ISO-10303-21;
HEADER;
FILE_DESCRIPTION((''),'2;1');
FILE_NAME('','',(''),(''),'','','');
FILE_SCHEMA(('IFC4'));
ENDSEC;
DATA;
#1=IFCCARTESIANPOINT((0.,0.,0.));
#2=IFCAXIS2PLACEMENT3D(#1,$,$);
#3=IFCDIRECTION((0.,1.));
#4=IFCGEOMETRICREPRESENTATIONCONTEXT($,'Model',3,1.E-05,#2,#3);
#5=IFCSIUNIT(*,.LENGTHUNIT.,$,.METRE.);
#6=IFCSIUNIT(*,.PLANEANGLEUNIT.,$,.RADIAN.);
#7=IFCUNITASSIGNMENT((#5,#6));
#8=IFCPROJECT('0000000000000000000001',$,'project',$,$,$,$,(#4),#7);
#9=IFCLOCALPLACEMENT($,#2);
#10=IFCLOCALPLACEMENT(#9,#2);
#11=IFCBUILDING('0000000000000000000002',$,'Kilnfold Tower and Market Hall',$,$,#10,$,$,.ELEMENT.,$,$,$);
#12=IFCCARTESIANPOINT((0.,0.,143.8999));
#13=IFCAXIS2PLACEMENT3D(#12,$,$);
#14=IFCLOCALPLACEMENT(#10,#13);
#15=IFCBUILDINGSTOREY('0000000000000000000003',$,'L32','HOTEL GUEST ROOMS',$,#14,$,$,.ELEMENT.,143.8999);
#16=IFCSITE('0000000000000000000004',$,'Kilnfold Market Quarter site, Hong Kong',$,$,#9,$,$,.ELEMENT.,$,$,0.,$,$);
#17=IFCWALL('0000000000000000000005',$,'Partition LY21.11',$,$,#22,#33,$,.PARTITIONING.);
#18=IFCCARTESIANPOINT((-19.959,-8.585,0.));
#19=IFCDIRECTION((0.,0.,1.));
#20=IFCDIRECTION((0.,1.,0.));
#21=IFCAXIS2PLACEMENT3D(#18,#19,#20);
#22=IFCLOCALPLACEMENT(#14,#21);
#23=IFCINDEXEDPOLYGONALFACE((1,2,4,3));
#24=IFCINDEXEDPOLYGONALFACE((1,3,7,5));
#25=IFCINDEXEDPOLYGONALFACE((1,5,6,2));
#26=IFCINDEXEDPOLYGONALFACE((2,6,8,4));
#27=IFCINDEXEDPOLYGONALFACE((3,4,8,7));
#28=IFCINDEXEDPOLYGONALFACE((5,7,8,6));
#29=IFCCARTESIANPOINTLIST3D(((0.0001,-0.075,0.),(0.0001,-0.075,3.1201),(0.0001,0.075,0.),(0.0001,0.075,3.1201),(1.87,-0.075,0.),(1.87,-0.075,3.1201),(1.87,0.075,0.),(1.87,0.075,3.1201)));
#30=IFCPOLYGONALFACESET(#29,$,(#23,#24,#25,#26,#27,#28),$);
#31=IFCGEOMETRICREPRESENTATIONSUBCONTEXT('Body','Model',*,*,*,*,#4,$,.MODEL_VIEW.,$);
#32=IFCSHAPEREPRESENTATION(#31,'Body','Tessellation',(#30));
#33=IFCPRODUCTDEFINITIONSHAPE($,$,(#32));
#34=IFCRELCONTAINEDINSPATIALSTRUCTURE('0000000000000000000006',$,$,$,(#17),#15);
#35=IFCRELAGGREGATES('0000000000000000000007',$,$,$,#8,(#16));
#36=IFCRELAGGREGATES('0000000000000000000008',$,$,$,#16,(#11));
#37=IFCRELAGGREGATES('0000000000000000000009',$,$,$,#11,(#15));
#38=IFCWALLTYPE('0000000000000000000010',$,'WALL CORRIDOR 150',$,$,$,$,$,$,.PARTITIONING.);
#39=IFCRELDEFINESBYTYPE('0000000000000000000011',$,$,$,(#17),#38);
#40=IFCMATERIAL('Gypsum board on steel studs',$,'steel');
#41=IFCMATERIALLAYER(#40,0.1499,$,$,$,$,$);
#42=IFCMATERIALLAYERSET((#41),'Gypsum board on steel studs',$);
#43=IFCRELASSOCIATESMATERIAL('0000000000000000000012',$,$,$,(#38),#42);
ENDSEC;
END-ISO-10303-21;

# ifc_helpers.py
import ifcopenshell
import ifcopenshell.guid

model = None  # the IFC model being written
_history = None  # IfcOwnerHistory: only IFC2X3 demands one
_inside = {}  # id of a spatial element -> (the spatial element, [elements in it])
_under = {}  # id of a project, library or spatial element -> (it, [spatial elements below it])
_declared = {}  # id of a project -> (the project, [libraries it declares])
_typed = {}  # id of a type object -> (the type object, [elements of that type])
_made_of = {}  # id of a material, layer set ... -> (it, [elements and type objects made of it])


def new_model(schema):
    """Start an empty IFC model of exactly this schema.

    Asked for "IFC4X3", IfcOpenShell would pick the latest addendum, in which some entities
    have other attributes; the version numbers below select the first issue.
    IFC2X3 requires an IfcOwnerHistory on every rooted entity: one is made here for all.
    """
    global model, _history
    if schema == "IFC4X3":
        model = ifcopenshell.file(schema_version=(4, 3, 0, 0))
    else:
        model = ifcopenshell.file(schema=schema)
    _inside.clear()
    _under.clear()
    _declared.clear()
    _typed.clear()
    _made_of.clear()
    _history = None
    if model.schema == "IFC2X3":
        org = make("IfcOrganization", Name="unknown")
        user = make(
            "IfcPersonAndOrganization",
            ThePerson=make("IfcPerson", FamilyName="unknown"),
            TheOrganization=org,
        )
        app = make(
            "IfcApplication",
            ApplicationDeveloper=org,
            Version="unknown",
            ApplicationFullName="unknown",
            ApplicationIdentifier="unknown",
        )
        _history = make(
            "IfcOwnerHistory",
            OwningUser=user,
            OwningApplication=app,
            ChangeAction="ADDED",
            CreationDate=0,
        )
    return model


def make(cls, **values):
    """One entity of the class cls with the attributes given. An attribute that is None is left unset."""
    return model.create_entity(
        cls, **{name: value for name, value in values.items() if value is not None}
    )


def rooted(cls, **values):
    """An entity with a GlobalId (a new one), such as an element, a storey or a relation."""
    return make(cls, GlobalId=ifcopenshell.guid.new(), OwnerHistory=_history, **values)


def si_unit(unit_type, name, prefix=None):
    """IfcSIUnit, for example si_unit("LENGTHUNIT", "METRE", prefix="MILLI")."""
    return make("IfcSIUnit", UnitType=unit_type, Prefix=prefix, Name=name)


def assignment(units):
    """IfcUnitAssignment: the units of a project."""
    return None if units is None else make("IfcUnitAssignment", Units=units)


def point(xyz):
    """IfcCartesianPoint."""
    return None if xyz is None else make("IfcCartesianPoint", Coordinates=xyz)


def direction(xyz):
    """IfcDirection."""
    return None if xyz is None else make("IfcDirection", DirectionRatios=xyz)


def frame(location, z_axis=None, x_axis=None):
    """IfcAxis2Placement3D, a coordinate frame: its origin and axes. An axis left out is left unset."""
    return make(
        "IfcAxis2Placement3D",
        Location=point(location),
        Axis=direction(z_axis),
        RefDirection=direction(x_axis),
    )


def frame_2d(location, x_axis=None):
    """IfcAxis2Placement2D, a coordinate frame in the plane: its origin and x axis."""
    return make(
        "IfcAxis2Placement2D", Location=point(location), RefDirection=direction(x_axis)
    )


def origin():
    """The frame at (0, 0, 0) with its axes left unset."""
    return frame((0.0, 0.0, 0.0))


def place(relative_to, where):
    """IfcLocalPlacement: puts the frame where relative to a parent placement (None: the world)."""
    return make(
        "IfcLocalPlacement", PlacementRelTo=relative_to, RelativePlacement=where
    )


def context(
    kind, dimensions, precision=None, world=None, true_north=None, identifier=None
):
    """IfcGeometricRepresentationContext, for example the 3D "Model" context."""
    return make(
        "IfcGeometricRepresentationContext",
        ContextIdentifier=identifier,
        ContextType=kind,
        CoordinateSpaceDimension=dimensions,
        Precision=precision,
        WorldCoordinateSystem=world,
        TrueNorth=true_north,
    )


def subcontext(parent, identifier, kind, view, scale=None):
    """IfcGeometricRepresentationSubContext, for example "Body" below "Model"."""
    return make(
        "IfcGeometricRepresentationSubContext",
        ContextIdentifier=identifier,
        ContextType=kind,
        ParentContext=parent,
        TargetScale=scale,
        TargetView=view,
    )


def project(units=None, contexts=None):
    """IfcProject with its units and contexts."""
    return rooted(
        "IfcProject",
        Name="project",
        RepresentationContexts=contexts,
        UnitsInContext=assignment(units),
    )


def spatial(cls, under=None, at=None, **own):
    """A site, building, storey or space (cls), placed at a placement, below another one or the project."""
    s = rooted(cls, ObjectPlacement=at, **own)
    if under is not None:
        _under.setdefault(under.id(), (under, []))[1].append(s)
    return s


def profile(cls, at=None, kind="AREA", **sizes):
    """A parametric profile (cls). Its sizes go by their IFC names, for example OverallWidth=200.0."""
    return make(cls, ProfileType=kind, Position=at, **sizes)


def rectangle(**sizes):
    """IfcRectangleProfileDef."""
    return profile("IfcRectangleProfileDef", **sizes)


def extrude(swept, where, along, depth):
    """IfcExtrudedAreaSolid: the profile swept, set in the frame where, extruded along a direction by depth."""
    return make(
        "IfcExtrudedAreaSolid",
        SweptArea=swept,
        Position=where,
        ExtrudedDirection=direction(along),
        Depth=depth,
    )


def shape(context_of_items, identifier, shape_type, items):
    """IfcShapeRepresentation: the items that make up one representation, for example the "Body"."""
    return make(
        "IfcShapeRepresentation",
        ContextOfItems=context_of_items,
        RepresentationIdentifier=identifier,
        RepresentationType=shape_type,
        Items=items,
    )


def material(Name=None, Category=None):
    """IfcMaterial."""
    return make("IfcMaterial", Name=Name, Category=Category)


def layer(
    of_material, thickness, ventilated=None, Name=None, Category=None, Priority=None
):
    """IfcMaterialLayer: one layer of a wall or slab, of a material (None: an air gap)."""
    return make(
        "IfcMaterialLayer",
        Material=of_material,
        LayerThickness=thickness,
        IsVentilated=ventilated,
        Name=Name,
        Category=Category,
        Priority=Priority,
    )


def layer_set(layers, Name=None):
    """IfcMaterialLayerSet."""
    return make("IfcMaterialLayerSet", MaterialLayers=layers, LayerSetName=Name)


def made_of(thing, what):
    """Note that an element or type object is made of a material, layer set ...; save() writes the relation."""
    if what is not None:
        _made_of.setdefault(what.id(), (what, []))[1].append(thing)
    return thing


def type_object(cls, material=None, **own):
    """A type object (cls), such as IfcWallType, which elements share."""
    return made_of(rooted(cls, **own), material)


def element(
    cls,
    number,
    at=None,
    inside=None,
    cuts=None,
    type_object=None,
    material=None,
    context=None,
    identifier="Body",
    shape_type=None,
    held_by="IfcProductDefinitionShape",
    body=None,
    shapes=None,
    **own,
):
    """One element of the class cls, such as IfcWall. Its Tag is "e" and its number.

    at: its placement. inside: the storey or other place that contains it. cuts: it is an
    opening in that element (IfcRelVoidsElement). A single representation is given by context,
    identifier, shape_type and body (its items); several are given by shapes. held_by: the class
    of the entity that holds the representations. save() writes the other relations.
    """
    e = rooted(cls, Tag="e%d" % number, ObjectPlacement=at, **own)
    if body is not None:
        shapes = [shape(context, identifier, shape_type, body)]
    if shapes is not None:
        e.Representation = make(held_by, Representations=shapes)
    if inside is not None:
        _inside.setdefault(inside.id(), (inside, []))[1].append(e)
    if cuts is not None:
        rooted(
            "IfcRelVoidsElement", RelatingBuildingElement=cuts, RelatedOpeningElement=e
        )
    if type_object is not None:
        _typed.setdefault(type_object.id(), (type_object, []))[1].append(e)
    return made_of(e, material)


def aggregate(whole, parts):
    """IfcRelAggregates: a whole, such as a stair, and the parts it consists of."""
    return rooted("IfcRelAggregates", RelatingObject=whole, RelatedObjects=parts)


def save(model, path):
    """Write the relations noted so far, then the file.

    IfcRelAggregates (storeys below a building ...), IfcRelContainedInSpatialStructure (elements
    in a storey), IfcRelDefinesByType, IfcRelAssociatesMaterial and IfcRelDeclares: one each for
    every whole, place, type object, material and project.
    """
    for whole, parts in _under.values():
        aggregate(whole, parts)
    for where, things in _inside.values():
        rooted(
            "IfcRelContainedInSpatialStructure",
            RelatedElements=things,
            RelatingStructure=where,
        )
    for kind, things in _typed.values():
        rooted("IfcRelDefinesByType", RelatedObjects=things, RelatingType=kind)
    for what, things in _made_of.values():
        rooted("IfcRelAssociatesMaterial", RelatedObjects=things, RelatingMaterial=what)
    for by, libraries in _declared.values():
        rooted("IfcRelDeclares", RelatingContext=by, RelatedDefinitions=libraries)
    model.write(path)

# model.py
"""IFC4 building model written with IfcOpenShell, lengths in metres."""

from ifc_helpers import new_model, si_unit, direction, frame, frame_2d, origin, place, context, subcontext, project, spatial, rectangle, extrude, material, layer, layer_set, type_object, element, save


model = new_model("IFC4")

# Units and contexts
model_context = context("Model", 3, precision=1e-05, world=origin(), true_north=direction((0.0, 1.0)))
body_context = subcontext(model_context, "Body", "Model", "MODEL_VIEW")
ifc_project = project(units=[si_unit("LENGTHUNIT", "METRE"), si_unit("PLANEANGLEUNIT", "RADIAN")], contexts=[model_context])

# Site, building, storey
site_placement = place(None, origin())
site = spatial("IfcSite", under=ifc_project, at=site_placement, Name="Kilnfold Market Quarter site, Hong Kong", CompositionType="ELEMENT", RefElevation=0.0)
building_placement = place(site_placement, origin())
building = spatial("IfcBuilding", under=site, at=building_placement, Name="Kilnfold Tower and Market Hall", CompositionType="ELEMENT")
storey_placement = place(building_placement, frame((0.0, 0.0, 143.8999)))
storey = spatial("IfcBuildingStorey", under=building, at=storey_placement, Name="L32", Description="HOTEL GUEST ROOMS", CompositionType="ELEMENT", Elevation=143.8999)

# Wall
ifc_material_1 = material(Name="Gypsum board on steel studs", Category="steel")
ifc_layer_1 = layer(ifc_material_1, 0.1499)
ifc_layer_set_1 = layer_set([ifc_layer_1], Name="Gypsum board on steel studs")
wall_type_1 = type_object("IfcWallType", Name="WALL CORRIDOR 150", PredefinedType="PARTITIONING", material=ifc_layer_set_1)
wall_1_placement = place(storey_placement, frame((-19.959, -8.585, 0.0), z_axis=(0.0, 0.0, 1.0), x_axis=(0.0, 1.0, 0.0)))
element("IfcWall", 1, at=wall_1_placement, inside=storey, type_object=wall_type_1, Name="Partition LY21.11", PredefinedType="PARTITIONING", context=body_context, shape_type="SweptSolid", body=[
    extrude(rectangle(XDim=1.8699, YDim=0.1499, at=frame_2d((0.9351, 0.0))), origin(), (0.0, 0.0, 1.0), 3.1201),
])

save(model, "model.ifc")
